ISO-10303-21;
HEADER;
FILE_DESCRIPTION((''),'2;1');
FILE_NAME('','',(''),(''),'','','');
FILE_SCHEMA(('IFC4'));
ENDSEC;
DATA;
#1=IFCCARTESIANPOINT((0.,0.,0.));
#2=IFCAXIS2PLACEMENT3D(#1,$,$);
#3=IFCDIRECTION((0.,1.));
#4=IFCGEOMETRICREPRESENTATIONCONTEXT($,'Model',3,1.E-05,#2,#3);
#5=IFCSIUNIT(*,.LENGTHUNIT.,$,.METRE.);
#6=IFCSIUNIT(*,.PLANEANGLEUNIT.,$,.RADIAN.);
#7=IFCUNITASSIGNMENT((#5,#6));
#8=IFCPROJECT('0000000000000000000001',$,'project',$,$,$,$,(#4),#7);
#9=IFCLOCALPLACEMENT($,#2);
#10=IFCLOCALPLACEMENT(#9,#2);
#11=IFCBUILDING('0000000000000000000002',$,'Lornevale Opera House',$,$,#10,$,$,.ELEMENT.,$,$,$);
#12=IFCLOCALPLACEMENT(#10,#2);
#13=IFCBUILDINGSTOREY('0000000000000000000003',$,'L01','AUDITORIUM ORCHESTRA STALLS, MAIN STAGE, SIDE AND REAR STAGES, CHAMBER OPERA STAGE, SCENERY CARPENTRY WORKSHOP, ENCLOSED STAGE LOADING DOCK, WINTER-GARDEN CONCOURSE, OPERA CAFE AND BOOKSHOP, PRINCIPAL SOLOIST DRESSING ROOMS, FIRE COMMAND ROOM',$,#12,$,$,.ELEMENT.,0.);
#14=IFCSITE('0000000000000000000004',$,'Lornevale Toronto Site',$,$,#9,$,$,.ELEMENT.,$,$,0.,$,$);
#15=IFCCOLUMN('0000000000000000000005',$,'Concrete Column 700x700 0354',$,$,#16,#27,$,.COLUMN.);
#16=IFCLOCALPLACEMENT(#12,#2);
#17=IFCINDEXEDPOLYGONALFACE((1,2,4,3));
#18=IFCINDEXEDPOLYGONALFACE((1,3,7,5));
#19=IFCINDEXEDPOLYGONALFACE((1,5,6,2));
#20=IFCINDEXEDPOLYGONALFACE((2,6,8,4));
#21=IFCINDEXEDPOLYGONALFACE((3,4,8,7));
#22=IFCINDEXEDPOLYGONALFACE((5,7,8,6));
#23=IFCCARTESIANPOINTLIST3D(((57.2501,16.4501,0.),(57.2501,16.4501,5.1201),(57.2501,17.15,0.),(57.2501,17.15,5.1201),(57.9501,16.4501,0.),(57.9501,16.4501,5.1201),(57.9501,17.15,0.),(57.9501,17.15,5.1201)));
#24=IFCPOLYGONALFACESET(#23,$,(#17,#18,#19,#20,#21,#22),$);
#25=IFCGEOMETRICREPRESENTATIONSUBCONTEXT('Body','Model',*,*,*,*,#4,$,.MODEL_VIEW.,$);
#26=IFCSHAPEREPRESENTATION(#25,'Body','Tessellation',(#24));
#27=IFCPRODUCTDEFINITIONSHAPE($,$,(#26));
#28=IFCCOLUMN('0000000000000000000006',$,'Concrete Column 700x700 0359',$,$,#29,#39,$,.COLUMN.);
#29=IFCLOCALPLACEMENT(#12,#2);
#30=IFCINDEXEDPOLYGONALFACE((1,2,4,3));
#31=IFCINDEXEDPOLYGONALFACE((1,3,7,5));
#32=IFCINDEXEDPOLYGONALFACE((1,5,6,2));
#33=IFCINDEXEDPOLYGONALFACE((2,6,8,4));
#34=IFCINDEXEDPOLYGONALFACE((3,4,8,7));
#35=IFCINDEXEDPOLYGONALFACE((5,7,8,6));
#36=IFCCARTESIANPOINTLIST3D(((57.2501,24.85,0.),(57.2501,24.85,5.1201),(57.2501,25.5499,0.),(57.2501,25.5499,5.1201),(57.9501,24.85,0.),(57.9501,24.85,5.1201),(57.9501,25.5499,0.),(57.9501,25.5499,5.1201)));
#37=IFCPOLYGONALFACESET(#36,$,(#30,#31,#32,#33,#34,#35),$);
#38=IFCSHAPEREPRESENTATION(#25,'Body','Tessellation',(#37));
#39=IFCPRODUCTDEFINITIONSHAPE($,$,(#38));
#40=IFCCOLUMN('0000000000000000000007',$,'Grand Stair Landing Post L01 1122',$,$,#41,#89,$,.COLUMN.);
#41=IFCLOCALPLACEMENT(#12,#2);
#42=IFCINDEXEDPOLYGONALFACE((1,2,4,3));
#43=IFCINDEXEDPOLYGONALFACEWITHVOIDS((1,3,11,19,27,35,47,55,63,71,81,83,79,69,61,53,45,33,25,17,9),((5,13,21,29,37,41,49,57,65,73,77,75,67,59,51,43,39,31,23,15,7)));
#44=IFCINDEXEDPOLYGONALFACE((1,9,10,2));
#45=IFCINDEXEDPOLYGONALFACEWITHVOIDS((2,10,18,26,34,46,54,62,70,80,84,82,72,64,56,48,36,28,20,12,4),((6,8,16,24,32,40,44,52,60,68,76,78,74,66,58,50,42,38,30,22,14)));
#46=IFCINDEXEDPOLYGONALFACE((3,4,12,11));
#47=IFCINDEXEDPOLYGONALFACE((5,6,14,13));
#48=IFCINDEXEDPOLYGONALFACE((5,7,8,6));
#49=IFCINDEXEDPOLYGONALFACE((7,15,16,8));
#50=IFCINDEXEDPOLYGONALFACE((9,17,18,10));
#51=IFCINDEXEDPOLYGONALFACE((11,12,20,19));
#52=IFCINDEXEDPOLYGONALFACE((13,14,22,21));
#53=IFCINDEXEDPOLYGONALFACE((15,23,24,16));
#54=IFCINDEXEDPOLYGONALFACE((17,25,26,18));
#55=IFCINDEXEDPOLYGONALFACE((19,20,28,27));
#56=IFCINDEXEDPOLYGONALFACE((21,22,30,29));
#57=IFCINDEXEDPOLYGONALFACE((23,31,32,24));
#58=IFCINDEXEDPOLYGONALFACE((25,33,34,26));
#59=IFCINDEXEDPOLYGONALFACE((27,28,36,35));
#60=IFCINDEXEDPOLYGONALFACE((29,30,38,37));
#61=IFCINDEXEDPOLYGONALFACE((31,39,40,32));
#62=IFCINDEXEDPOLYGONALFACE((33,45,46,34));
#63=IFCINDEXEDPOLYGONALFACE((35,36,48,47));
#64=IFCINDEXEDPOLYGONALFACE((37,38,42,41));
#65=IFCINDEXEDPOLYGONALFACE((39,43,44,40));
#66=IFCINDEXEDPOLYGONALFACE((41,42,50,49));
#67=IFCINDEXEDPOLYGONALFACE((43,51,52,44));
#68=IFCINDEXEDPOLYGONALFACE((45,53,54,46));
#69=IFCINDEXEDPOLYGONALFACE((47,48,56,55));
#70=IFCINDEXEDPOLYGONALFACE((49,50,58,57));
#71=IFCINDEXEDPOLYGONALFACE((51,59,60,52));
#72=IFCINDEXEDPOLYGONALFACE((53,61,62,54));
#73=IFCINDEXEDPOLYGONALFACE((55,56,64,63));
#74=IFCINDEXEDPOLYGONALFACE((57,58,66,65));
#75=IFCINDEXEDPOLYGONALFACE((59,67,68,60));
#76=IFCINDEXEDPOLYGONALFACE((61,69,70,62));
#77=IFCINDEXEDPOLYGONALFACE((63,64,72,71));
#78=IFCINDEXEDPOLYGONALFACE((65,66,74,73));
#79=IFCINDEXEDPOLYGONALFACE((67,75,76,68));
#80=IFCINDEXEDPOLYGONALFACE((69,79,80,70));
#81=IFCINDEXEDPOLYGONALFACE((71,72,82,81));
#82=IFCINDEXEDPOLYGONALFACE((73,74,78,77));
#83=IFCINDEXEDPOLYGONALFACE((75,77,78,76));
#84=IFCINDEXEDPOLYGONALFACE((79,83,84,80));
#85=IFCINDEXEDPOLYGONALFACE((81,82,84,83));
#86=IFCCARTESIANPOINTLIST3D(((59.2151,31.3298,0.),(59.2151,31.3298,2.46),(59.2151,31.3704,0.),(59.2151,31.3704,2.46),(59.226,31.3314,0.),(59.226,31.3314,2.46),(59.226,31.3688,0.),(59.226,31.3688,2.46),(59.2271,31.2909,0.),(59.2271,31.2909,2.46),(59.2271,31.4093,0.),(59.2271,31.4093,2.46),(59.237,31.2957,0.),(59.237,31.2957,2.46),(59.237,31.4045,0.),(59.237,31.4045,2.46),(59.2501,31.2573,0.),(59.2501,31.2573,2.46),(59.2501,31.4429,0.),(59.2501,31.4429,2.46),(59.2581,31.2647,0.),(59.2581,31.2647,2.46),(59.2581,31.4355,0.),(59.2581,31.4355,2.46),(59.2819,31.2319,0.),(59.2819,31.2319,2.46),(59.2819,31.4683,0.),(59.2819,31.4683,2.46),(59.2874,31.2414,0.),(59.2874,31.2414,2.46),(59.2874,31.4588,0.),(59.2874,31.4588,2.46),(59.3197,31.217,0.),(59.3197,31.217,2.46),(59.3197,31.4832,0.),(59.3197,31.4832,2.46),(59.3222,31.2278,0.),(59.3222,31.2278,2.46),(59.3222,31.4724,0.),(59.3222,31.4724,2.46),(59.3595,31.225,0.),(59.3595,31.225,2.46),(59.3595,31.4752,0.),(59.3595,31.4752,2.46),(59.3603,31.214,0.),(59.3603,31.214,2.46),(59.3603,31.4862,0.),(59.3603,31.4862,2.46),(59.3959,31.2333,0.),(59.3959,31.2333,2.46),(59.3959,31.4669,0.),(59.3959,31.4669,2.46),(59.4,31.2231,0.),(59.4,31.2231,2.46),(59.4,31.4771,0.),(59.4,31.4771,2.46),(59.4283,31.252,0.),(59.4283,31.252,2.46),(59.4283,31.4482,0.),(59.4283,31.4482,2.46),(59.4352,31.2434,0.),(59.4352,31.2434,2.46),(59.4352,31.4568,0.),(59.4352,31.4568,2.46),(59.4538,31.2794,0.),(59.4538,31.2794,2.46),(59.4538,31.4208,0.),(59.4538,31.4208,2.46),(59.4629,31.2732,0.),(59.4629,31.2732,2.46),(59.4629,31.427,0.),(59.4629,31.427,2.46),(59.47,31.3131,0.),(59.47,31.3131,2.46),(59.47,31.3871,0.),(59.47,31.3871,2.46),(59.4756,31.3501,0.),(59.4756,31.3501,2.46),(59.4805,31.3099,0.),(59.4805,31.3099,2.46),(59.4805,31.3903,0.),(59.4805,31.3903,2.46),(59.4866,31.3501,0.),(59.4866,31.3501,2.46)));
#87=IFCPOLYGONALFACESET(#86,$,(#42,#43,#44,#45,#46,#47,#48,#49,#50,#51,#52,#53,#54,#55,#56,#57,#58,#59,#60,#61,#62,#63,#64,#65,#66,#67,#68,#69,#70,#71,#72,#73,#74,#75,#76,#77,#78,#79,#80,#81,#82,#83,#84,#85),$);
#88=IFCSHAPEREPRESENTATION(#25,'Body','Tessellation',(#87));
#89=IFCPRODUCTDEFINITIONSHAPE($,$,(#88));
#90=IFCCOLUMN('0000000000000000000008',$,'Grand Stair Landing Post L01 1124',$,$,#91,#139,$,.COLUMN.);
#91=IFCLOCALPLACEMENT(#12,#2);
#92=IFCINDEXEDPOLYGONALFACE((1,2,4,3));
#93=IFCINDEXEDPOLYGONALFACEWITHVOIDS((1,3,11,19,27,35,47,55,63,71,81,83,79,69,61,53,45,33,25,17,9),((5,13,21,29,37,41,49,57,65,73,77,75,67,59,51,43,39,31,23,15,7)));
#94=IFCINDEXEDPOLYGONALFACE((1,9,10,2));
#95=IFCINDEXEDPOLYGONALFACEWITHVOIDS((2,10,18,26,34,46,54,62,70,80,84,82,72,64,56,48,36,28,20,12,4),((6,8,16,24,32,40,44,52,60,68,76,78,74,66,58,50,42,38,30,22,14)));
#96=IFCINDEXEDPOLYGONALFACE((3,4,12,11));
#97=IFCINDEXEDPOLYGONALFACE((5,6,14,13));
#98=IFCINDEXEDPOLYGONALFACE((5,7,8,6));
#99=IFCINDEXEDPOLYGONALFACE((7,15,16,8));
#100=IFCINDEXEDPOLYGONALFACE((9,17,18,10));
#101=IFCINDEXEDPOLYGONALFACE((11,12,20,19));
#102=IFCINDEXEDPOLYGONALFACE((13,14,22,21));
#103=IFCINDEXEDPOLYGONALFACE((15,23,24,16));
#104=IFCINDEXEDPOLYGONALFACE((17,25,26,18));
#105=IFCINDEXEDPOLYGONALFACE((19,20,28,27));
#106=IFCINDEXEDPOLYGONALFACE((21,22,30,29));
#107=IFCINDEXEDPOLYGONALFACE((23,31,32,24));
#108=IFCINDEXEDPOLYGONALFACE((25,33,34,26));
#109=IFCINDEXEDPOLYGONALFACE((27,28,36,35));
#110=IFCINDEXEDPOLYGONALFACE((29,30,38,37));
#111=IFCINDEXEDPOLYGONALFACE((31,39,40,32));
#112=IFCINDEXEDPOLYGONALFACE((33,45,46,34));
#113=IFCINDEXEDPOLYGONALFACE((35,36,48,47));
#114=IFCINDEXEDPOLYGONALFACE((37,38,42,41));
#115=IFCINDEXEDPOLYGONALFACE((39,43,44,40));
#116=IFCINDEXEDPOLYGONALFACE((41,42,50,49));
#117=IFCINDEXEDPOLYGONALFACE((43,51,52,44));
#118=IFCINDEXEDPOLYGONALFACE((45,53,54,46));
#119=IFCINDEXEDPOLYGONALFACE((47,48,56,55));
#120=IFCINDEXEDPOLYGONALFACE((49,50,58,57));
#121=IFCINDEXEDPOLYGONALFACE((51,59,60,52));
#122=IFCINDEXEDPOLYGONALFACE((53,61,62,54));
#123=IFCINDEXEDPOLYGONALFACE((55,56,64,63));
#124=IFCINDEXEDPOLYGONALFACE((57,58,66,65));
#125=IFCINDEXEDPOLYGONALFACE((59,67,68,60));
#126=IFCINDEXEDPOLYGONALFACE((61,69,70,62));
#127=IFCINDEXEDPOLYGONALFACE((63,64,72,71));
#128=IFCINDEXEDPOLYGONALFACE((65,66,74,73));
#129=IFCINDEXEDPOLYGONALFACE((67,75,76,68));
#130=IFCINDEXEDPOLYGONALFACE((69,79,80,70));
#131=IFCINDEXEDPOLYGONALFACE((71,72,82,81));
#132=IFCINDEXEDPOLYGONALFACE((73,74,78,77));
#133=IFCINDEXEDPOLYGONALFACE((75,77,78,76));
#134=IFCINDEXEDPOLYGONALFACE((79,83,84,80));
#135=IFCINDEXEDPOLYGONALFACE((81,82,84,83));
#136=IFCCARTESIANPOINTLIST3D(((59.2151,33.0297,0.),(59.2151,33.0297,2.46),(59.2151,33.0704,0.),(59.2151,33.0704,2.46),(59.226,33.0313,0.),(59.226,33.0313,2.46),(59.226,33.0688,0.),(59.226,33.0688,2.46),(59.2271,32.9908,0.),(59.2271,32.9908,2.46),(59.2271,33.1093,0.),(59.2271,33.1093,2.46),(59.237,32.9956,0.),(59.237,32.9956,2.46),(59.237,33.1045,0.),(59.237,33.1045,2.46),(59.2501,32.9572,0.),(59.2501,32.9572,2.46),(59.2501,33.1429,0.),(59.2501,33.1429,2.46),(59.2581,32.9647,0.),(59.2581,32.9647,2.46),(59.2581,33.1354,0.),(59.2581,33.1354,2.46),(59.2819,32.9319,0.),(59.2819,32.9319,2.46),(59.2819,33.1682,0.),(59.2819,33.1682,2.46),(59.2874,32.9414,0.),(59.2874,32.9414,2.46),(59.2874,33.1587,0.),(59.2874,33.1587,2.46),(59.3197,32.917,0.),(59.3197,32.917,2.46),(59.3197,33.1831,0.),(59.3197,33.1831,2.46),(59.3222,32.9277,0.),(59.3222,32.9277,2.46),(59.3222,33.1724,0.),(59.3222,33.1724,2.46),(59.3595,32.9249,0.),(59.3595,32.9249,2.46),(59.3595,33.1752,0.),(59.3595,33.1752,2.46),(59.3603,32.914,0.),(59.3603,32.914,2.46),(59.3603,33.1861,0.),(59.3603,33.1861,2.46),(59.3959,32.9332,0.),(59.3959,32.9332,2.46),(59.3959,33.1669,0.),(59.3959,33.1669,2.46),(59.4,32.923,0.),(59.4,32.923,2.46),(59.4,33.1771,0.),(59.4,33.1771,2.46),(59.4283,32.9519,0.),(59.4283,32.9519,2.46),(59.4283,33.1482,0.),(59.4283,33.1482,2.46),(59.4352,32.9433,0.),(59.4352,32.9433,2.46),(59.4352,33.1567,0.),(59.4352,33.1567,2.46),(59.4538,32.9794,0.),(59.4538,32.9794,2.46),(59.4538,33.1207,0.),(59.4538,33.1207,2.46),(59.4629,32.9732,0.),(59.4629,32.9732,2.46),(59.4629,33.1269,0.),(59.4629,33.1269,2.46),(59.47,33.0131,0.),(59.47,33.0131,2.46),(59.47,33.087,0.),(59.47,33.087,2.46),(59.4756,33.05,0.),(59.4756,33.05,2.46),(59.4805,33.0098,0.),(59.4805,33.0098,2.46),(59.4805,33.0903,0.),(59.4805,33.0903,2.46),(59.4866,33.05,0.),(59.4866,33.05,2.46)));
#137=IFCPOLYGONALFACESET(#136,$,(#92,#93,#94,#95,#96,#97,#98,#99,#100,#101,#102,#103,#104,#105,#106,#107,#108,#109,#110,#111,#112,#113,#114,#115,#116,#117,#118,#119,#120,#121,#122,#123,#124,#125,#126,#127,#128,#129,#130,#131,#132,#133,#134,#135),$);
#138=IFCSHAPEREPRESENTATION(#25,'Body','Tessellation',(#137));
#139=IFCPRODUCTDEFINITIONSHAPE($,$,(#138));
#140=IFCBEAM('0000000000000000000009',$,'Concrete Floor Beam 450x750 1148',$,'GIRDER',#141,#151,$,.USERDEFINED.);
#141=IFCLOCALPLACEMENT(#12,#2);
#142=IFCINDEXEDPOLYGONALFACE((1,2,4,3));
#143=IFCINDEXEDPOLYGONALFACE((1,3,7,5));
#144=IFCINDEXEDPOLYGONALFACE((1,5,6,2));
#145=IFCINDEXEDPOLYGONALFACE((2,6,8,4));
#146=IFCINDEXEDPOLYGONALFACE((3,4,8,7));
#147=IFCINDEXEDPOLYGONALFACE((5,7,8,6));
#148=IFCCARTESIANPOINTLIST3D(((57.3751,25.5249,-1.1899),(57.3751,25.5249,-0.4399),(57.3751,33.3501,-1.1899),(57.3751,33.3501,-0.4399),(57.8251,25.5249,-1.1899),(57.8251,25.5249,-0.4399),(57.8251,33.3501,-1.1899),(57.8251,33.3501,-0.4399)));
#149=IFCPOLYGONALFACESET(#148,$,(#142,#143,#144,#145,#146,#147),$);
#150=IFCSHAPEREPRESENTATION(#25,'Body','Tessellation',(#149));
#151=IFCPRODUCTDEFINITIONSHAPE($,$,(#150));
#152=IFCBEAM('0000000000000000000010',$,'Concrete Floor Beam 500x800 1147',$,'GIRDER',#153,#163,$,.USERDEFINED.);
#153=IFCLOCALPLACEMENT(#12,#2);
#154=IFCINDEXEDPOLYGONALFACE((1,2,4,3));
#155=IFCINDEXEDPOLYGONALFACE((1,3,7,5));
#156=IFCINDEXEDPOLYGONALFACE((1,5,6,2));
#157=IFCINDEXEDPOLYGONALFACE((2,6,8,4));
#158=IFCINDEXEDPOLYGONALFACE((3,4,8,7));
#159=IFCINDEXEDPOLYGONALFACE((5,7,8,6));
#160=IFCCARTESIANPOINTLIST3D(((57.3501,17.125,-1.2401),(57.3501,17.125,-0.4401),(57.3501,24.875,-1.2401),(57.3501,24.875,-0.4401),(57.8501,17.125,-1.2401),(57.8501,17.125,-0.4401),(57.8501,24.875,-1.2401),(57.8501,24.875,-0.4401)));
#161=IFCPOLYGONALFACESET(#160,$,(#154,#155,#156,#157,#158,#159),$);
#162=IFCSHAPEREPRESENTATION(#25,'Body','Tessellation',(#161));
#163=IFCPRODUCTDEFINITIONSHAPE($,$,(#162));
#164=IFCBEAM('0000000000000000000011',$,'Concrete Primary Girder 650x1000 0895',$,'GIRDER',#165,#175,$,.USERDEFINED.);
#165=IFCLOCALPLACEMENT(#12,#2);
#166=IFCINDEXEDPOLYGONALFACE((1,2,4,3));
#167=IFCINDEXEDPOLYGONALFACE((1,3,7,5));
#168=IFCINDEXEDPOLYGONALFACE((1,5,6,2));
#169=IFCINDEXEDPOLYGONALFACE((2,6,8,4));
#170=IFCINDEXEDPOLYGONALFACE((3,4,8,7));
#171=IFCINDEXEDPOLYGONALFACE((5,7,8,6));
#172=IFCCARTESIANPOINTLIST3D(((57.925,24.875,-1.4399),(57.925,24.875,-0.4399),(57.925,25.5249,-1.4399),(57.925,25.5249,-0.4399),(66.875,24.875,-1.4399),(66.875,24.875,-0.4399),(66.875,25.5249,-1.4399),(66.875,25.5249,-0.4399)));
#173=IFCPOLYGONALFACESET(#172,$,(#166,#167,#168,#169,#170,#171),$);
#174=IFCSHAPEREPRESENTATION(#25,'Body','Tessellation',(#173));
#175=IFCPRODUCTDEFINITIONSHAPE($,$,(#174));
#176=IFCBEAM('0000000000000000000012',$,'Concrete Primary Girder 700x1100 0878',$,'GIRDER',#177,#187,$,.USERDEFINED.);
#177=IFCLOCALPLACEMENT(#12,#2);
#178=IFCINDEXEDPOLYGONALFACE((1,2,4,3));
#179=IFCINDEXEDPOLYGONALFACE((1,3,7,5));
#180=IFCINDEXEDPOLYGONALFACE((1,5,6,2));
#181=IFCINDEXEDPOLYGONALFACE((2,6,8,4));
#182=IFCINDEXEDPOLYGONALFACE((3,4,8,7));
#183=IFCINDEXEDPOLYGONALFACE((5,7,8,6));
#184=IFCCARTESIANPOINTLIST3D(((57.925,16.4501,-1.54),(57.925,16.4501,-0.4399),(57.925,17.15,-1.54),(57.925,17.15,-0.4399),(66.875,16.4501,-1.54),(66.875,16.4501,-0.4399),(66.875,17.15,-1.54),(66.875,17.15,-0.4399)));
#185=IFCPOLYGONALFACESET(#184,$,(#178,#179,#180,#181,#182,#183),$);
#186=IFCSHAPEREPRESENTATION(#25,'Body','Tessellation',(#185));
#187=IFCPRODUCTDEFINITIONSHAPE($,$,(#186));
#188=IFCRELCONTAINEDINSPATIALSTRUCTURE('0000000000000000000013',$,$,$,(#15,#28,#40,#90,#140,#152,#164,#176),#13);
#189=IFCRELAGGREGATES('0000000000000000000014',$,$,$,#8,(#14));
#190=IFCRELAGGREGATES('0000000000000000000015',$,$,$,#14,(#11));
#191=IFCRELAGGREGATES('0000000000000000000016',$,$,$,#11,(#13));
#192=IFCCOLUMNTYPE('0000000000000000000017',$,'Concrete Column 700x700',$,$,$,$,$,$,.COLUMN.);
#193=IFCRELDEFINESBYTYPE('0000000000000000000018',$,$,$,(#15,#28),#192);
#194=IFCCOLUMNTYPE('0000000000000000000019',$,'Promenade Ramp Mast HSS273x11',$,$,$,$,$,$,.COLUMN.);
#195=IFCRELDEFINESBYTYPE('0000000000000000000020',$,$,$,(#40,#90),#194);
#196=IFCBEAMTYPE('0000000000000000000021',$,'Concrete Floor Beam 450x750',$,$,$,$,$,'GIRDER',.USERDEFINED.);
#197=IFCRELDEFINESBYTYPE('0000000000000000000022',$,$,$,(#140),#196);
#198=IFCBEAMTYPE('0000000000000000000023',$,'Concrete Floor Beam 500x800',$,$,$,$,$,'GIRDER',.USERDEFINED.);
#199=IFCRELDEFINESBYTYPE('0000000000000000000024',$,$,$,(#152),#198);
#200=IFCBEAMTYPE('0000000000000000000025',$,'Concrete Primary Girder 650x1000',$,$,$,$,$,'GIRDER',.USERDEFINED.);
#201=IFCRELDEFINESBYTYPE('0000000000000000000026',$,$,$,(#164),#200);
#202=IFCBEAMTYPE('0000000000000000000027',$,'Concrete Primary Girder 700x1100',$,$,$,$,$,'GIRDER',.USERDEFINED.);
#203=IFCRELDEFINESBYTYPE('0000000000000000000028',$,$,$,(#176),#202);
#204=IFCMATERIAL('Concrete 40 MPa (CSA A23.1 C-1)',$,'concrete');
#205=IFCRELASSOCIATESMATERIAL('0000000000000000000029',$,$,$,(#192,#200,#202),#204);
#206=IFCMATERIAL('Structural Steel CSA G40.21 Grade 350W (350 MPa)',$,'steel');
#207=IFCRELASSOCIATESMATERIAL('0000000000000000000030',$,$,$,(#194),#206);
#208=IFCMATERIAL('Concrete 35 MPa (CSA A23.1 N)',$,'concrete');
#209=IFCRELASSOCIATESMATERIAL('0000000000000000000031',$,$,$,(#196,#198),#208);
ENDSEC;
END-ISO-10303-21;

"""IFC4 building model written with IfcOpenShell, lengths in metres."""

from ifc_helpers import new_model, si_unit, direction, frame, origin, origin_2d, place, context, subcontext, project, spatial, rectangle, hollow_circle, extrude, material, material_profile, profile_set, type_object, element, save


model = new_model("IFC4")

# Units and contexts
model_context = context("Model", 3, precision=1e-05, world=origin(), true_north=direction((0.0, 1.0)))
body_context = subcontext(model_context, "Body", "Model", "MODEL_VIEW")
ifc_project = project(units=[si_unit("LENGTHUNIT", "METRE"), si_unit("PLANEANGLEUNIT", "RADIAN")], contexts=[model_context])

# Site, building, storey
site_placement = place(None, origin())
site = spatial("IfcSite", under=ifc_project, at=site_placement, Name="Lornevale Toronto Site", CompositionType="ELEMENT", RefElevation=0.0)
building_placement = place(site_placement, origin())
building = spatial("IfcBuilding", under=site, at=building_placement, Name="Lornevale Opera House", CompositionType="ELEMENT")
storey_placement = place(building_placement, origin())
storey = spatial("IfcBuildingStorey", under=building, at=storey_placement, Name="L01", Description="AUDITORIUM ORCHESTRA STALLS, MAIN STAGE, SIDE AND REAR STAGES, CHAMBER OPERA STAGE, SCENERY CARPENTRY WORKSHOP, ENCLOSED STAGE LOADING DOCK, WINTER-GARDEN CONCOURSE, OPERA CAFE AND BOOKSHOP, PRINCIPAL SOLOIST DRESSING ROOMS, FIRE COMMAND ROOM", CompositionType="ELEMENT", Elevation=0.0)

# Columns
ifc_material_1 = material(Name="Concrete 40 MPa (CSA A23.1 C-1)", Category="concrete")
ifc_material_profile_1 = material_profile(ifc_material_1, rectangle(XDim=0.7, YDim=0.7, at=origin_2d()), Name="RC700x700")
ifc_profile_set_1 = profile_set([ifc_material_profile_1], Name="Concrete 40 MPa (CSA A23.1 C-1)")
column_type_1 = type_object("IfcColumnType", Name="Concrete Column 700x700", PredefinedType="COLUMN", material=ifc_profile_set_1)
for number, where, z_axis, x_axis, name in (
    (1, (57.6001, 16.8, 0.0), (0.0, 0.0, 1.0), (1.0, 0.0, 0.0), "Concrete Column 700x700 0354"),
    (2, (57.6001, 25.2, 0.0), (0.0, 0.0, 1.0), (1.0, 0.0, 0.0), "Concrete Column 700x700 0359"),
):
    element("IfcColumn", number, at=place(storey_placement, frame(where, z_axis=z_axis, x_axis=x_axis)), inside=storey, type_object=column_type_1, Name=name, PredefinedType="COLUMN", context=body_context, shape_type="SweptSolid", body=[
        extrude(rectangle(XDim=0.7, YDim=0.7, at=origin_2d()), origin(), (0.0, 0.0, 1.0), 5.1201),
    ])
ifc_material_2 = material(Name="Structural Steel CSA G40.21 Grade 350W (350 MPa)", Category="steel")
ifc_material_profile_2 = material_profile(ifc_material_2, hollow_circle(Radius=0.1365, WallThickness=0.011, at=origin_2d()), Name="HSS273x11")
ifc_profile_set_2 = profile_set([ifc_material_profile_2], Name="Structural Steel CSA G40.21 Grade 350W (350 MPa)")
column_type_2 = type_object("IfcColumnType", Name="Promenade Ramp Mast HSS273x11", PredefinedType="COLUMN", material=ifc_profile_set_2)
for number, where, z_axis, x_axis, name in (
    (3, (59.3501, 31.3501, 0.0), (0.0, 0.0, 1.0), (1.0, 0.0, 0.0), "Grand Stair Landing Post L01 1122"),
    (4, (59.3501, 33.05, 0.0), (0.0, 0.0, 1.0), (1.0, 0.0, 0.0), "Grand Stair Landing Post L01 1124"),
):
    element("IfcColumn", number, at=place(storey_placement, frame(where, z_axis=z_axis, x_axis=x_axis)), inside=storey, type_object=column_type_2, Name=name, PredefinedType="COLUMN", context=body_context, shape_type="SweptSolid", body=[
        extrude(hollow_circle(Radius=0.1365, WallThickness=0.011, at=origin_2d()), origin(), (0.0, 0.0, 1.0), 2.46),
    ])

# Beams
ifc_material_3 = material(Name="Concrete 35 MPa (CSA A23.1 N)", Category="concrete")
ifc_material_profile_3 = material_profile(ifc_material_3, rectangle(XDim=0.45, YDim=0.75, at=origin_2d()), Name="RC450x750")
ifc_profile_set_3 = profile_set([ifc_material_profile_3], Name="Concrete 35 MPa (CSA A23.1 N)")
beam_type_1 = type_object("IfcBeamType", Name="Concrete Floor Beam 450x750", ElementType="GIRDER", PredefinedType="USERDEFINED", material=ifc_profile_set_3)
beam_1_placement = place(storey_placement, frame((57.6001, 25.5249, -0.8149), z_axis=(0.0, 1.0, 0.0), x_axis=(-1.0, 0.0, 0.0)))
element("IfcBeam", 5, at=beam_1_placement, inside=storey, type_object=beam_type_1, Name="Concrete Floor Beam 450x750 1148", ObjectType="GIRDER", PredefinedType="USERDEFINED", context=body_context, shape_type="SweptSolid", body=[
    extrude(rectangle(XDim=0.45, YDim=0.75, at=origin_2d()), origin(), (0.0, 0.0, 1.0), 7.8252),
])
ifc_material_profile_4 = material_profile(ifc_material_3, rectangle(XDim=0.5, YDim=0.8, at=origin_2d()), Name="RC500x800")
ifc_profile_set_4 = profile_set([ifc_material_profile_4], Name="Concrete 35 MPa (CSA A23.1 N)")
beam_type_2 = type_object("IfcBeamType", Name="Concrete Floor Beam 500x800", ElementType="GIRDER", PredefinedType="USERDEFINED", material=ifc_profile_set_4)
beam_2_placement = place(storey_placement, frame((57.6001, 17.125, -0.8401), z_axis=(0.0, 1.0, 0.0), x_axis=(-1.0, 0.0, 0.0)))
element("IfcBeam", 6, at=beam_2_placement, inside=storey, type_object=beam_type_2, Name="Concrete Floor Beam 500x800 1147", ObjectType="GIRDER", PredefinedType="USERDEFINED", context=body_context, shape_type="SweptSolid", body=[
    extrude(rectangle(XDim=0.5, YDim=0.8, at=origin_2d()), origin(), (0.0, 0.0, 1.0), 7.75),
])
ifc_material_profile_5 = material_profile(ifc_material_1, rectangle(XDim=0.6499, YDim=1.0, at=origin_2d()), Name="RC650x1000")
ifc_profile_set_5 = profile_set([ifc_material_profile_5], Name="Concrete 40 MPa (CSA A23.1 C-1)")
beam_type_3 = type_object("IfcBeamType", Name="Concrete Primary Girder 650x1000", ElementType="GIRDER", PredefinedType="USERDEFINED", material=ifc_profile_set_5)
beam_3_placement = place(storey_placement, frame((57.925, 25.2, -0.9399), z_axis=(1.0, 0.0, 0.0), x_axis=(0.0, 1.0, 0.0)))
element("IfcBeam", 7, at=beam_3_placement, inside=storey, type_object=beam_type_3, Name="Concrete Primary Girder 650x1000 0895", ObjectType="GIRDER", PredefinedType="USERDEFINED", context=body_context, shape_type="SweptSolid", body=[
    extrude(rectangle(XDim=0.6499, YDim=1.0, at=origin_2d()), origin(), (0.0, 0.0, 1.0), 8.95),
])
ifc_material_profile_6 = material_profile(ifc_material_1, rectangle(XDim=0.7, YDim=1.1001, at=origin_2d()), Name="RC700x1100")
ifc_profile_set_6 = profile_set([ifc_material_profile_6], Name="Concrete 40 MPa (CSA A23.1 C-1)")
beam_type_4 = type_object("IfcBeamType", Name="Concrete Primary Girder 700x1100", ElementType="GIRDER", PredefinedType="USERDEFINED", material=ifc_profile_set_6)
beam_4_placement = place(storey_placement, frame((57.925, 16.8, -0.99), z_axis=(1.0, 0.0, 0.0), x_axis=(0.0, 1.0, 0.0)))
element("IfcBeam", 8, at=beam_4_placement, inside=storey, type_object=beam_type_4, Name="Concrete Primary Girder 700x1100 0878", ObjectType="GIRDER", PredefinedType="USERDEFINED", context=body_context, shape_type="SweptSolid", body=[
    extrude(rectangle(XDim=0.7, YDim=1.1001, at=origin_2d()), origin(), (0.0, 0.0, 1.0), 8.95),
])

save(model, "model.ifc")
